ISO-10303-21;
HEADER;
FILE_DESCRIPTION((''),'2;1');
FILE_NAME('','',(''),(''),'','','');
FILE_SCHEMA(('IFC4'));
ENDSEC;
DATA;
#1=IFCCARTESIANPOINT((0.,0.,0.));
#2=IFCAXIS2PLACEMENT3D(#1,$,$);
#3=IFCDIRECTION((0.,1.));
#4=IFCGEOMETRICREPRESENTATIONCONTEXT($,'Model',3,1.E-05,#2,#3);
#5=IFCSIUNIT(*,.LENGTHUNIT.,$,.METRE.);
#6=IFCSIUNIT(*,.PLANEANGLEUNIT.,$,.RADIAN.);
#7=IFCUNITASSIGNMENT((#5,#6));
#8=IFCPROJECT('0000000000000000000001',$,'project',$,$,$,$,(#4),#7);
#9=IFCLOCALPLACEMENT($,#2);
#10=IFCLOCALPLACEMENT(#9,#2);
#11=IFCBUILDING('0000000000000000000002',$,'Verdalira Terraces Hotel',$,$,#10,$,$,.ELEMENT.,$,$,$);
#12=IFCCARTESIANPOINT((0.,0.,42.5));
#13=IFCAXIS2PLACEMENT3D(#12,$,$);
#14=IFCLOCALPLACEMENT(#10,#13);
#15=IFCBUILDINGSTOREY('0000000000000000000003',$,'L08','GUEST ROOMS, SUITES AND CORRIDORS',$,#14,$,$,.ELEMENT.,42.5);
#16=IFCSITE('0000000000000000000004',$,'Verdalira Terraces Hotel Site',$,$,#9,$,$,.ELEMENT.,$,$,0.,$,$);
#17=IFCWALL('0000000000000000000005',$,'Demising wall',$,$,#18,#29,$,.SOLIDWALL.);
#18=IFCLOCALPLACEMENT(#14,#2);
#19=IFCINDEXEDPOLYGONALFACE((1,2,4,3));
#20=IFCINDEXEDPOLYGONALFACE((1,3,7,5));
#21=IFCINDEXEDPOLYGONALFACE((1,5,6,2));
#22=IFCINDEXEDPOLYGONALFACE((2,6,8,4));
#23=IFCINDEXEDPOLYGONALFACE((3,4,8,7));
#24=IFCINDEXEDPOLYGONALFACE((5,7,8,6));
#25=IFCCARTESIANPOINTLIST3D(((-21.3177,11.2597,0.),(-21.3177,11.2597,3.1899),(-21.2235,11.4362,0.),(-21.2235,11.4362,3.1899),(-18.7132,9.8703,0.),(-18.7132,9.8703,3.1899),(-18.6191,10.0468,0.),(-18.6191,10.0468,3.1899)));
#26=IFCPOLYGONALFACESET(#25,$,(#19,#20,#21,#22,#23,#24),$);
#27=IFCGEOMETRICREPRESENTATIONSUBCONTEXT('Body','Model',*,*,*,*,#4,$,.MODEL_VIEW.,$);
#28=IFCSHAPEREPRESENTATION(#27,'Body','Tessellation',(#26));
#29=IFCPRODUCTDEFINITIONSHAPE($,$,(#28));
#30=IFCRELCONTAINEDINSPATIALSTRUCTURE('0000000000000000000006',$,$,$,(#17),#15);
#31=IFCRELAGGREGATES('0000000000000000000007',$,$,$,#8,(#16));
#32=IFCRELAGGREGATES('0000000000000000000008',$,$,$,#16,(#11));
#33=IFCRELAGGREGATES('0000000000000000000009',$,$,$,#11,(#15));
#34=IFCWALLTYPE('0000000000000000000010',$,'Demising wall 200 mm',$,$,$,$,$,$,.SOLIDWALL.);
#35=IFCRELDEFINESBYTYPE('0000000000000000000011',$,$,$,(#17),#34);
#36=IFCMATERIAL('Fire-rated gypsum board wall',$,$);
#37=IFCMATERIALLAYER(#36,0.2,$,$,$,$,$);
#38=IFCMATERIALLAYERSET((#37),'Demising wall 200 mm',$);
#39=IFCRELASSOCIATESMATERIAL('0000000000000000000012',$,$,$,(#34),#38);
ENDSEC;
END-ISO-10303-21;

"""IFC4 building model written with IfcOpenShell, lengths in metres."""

from ifc_helpers import new_model, si_unit, direction, frame, frame_2d, origin, place, context, subcontext, project, spatial, rectangle, extrude, material, layer, layer_set, type_object, element, save


model = new_model("IFC4")

# Units and contexts
model_context = context("Model", 3, precision=1e-05, world=origin(), true_north=direction((0.0, 1.0)))
body_context = subcontext(model_context, "Body", "Model", "MODEL_VIEW")
ifc_project = project(units=[si_unit("LENGTHUNIT", "METRE"), si_unit("PLANEANGLEUNIT", "RADIAN")], contexts=[model_context])

# Site, building, storey
site_placement = place(None, origin())
site = spatial("IfcSite", under=ifc_project, at=site_placement, Name="Verdalira Terraces Hotel Site", CompositionType="ELEMENT", RefElevation=0.0)
building_placement = place(site_placement, origin())
building = spatial("IfcBuilding", under=site, at=building_placement, Name="Verdalira Terraces Hotel", CompositionType="ELEMENT")
storey_placement = place(building_placement, frame((0.0, 0.0, 42.5)))
storey = spatial("IfcBuildingStorey", under=building, at=storey_placement, Name="L08", Description="GUEST ROOMS, SUITES AND CORRIDORS", CompositionType="ELEMENT", Elevation=42.5)

# Wall
ifc_material_1 = material(Name="Fire-rated gypsum board wall")
ifc_layer_1 = layer(ifc_material_1, 0.2)
ifc_layer_set_1 = layer_set([ifc_layer_1], Name="Demising wall 200 mm")
wall_type_1 = type_object("IfcWallType", Name="Demising wall 200 mm", PredefinedType="SOLIDWALL", material=ifc_layer_set_1)
wall_1_placement = place(storey_placement, frame((-18.666, 9.9585, 0.0), z_axis=(0.0, 0.0, 1.0), x_axis=(-0.882305, 0.470678, 0.0)))
element("IfcWall", 1, at=wall_1_placement, inside=storey, type_object=wall_type_1, Name="Demising wall", PredefinedType="SOLIDWALL", context=body_context, shape_type="SweptSolid", body=[
    extrude(rectangle(XDim=2.9519, YDim=0.2, at=frame_2d((1.4761, 0.0))), origin(), (0.0, 0.0, 1.0), 3.1899),
])

save(model, "model.ifc")
